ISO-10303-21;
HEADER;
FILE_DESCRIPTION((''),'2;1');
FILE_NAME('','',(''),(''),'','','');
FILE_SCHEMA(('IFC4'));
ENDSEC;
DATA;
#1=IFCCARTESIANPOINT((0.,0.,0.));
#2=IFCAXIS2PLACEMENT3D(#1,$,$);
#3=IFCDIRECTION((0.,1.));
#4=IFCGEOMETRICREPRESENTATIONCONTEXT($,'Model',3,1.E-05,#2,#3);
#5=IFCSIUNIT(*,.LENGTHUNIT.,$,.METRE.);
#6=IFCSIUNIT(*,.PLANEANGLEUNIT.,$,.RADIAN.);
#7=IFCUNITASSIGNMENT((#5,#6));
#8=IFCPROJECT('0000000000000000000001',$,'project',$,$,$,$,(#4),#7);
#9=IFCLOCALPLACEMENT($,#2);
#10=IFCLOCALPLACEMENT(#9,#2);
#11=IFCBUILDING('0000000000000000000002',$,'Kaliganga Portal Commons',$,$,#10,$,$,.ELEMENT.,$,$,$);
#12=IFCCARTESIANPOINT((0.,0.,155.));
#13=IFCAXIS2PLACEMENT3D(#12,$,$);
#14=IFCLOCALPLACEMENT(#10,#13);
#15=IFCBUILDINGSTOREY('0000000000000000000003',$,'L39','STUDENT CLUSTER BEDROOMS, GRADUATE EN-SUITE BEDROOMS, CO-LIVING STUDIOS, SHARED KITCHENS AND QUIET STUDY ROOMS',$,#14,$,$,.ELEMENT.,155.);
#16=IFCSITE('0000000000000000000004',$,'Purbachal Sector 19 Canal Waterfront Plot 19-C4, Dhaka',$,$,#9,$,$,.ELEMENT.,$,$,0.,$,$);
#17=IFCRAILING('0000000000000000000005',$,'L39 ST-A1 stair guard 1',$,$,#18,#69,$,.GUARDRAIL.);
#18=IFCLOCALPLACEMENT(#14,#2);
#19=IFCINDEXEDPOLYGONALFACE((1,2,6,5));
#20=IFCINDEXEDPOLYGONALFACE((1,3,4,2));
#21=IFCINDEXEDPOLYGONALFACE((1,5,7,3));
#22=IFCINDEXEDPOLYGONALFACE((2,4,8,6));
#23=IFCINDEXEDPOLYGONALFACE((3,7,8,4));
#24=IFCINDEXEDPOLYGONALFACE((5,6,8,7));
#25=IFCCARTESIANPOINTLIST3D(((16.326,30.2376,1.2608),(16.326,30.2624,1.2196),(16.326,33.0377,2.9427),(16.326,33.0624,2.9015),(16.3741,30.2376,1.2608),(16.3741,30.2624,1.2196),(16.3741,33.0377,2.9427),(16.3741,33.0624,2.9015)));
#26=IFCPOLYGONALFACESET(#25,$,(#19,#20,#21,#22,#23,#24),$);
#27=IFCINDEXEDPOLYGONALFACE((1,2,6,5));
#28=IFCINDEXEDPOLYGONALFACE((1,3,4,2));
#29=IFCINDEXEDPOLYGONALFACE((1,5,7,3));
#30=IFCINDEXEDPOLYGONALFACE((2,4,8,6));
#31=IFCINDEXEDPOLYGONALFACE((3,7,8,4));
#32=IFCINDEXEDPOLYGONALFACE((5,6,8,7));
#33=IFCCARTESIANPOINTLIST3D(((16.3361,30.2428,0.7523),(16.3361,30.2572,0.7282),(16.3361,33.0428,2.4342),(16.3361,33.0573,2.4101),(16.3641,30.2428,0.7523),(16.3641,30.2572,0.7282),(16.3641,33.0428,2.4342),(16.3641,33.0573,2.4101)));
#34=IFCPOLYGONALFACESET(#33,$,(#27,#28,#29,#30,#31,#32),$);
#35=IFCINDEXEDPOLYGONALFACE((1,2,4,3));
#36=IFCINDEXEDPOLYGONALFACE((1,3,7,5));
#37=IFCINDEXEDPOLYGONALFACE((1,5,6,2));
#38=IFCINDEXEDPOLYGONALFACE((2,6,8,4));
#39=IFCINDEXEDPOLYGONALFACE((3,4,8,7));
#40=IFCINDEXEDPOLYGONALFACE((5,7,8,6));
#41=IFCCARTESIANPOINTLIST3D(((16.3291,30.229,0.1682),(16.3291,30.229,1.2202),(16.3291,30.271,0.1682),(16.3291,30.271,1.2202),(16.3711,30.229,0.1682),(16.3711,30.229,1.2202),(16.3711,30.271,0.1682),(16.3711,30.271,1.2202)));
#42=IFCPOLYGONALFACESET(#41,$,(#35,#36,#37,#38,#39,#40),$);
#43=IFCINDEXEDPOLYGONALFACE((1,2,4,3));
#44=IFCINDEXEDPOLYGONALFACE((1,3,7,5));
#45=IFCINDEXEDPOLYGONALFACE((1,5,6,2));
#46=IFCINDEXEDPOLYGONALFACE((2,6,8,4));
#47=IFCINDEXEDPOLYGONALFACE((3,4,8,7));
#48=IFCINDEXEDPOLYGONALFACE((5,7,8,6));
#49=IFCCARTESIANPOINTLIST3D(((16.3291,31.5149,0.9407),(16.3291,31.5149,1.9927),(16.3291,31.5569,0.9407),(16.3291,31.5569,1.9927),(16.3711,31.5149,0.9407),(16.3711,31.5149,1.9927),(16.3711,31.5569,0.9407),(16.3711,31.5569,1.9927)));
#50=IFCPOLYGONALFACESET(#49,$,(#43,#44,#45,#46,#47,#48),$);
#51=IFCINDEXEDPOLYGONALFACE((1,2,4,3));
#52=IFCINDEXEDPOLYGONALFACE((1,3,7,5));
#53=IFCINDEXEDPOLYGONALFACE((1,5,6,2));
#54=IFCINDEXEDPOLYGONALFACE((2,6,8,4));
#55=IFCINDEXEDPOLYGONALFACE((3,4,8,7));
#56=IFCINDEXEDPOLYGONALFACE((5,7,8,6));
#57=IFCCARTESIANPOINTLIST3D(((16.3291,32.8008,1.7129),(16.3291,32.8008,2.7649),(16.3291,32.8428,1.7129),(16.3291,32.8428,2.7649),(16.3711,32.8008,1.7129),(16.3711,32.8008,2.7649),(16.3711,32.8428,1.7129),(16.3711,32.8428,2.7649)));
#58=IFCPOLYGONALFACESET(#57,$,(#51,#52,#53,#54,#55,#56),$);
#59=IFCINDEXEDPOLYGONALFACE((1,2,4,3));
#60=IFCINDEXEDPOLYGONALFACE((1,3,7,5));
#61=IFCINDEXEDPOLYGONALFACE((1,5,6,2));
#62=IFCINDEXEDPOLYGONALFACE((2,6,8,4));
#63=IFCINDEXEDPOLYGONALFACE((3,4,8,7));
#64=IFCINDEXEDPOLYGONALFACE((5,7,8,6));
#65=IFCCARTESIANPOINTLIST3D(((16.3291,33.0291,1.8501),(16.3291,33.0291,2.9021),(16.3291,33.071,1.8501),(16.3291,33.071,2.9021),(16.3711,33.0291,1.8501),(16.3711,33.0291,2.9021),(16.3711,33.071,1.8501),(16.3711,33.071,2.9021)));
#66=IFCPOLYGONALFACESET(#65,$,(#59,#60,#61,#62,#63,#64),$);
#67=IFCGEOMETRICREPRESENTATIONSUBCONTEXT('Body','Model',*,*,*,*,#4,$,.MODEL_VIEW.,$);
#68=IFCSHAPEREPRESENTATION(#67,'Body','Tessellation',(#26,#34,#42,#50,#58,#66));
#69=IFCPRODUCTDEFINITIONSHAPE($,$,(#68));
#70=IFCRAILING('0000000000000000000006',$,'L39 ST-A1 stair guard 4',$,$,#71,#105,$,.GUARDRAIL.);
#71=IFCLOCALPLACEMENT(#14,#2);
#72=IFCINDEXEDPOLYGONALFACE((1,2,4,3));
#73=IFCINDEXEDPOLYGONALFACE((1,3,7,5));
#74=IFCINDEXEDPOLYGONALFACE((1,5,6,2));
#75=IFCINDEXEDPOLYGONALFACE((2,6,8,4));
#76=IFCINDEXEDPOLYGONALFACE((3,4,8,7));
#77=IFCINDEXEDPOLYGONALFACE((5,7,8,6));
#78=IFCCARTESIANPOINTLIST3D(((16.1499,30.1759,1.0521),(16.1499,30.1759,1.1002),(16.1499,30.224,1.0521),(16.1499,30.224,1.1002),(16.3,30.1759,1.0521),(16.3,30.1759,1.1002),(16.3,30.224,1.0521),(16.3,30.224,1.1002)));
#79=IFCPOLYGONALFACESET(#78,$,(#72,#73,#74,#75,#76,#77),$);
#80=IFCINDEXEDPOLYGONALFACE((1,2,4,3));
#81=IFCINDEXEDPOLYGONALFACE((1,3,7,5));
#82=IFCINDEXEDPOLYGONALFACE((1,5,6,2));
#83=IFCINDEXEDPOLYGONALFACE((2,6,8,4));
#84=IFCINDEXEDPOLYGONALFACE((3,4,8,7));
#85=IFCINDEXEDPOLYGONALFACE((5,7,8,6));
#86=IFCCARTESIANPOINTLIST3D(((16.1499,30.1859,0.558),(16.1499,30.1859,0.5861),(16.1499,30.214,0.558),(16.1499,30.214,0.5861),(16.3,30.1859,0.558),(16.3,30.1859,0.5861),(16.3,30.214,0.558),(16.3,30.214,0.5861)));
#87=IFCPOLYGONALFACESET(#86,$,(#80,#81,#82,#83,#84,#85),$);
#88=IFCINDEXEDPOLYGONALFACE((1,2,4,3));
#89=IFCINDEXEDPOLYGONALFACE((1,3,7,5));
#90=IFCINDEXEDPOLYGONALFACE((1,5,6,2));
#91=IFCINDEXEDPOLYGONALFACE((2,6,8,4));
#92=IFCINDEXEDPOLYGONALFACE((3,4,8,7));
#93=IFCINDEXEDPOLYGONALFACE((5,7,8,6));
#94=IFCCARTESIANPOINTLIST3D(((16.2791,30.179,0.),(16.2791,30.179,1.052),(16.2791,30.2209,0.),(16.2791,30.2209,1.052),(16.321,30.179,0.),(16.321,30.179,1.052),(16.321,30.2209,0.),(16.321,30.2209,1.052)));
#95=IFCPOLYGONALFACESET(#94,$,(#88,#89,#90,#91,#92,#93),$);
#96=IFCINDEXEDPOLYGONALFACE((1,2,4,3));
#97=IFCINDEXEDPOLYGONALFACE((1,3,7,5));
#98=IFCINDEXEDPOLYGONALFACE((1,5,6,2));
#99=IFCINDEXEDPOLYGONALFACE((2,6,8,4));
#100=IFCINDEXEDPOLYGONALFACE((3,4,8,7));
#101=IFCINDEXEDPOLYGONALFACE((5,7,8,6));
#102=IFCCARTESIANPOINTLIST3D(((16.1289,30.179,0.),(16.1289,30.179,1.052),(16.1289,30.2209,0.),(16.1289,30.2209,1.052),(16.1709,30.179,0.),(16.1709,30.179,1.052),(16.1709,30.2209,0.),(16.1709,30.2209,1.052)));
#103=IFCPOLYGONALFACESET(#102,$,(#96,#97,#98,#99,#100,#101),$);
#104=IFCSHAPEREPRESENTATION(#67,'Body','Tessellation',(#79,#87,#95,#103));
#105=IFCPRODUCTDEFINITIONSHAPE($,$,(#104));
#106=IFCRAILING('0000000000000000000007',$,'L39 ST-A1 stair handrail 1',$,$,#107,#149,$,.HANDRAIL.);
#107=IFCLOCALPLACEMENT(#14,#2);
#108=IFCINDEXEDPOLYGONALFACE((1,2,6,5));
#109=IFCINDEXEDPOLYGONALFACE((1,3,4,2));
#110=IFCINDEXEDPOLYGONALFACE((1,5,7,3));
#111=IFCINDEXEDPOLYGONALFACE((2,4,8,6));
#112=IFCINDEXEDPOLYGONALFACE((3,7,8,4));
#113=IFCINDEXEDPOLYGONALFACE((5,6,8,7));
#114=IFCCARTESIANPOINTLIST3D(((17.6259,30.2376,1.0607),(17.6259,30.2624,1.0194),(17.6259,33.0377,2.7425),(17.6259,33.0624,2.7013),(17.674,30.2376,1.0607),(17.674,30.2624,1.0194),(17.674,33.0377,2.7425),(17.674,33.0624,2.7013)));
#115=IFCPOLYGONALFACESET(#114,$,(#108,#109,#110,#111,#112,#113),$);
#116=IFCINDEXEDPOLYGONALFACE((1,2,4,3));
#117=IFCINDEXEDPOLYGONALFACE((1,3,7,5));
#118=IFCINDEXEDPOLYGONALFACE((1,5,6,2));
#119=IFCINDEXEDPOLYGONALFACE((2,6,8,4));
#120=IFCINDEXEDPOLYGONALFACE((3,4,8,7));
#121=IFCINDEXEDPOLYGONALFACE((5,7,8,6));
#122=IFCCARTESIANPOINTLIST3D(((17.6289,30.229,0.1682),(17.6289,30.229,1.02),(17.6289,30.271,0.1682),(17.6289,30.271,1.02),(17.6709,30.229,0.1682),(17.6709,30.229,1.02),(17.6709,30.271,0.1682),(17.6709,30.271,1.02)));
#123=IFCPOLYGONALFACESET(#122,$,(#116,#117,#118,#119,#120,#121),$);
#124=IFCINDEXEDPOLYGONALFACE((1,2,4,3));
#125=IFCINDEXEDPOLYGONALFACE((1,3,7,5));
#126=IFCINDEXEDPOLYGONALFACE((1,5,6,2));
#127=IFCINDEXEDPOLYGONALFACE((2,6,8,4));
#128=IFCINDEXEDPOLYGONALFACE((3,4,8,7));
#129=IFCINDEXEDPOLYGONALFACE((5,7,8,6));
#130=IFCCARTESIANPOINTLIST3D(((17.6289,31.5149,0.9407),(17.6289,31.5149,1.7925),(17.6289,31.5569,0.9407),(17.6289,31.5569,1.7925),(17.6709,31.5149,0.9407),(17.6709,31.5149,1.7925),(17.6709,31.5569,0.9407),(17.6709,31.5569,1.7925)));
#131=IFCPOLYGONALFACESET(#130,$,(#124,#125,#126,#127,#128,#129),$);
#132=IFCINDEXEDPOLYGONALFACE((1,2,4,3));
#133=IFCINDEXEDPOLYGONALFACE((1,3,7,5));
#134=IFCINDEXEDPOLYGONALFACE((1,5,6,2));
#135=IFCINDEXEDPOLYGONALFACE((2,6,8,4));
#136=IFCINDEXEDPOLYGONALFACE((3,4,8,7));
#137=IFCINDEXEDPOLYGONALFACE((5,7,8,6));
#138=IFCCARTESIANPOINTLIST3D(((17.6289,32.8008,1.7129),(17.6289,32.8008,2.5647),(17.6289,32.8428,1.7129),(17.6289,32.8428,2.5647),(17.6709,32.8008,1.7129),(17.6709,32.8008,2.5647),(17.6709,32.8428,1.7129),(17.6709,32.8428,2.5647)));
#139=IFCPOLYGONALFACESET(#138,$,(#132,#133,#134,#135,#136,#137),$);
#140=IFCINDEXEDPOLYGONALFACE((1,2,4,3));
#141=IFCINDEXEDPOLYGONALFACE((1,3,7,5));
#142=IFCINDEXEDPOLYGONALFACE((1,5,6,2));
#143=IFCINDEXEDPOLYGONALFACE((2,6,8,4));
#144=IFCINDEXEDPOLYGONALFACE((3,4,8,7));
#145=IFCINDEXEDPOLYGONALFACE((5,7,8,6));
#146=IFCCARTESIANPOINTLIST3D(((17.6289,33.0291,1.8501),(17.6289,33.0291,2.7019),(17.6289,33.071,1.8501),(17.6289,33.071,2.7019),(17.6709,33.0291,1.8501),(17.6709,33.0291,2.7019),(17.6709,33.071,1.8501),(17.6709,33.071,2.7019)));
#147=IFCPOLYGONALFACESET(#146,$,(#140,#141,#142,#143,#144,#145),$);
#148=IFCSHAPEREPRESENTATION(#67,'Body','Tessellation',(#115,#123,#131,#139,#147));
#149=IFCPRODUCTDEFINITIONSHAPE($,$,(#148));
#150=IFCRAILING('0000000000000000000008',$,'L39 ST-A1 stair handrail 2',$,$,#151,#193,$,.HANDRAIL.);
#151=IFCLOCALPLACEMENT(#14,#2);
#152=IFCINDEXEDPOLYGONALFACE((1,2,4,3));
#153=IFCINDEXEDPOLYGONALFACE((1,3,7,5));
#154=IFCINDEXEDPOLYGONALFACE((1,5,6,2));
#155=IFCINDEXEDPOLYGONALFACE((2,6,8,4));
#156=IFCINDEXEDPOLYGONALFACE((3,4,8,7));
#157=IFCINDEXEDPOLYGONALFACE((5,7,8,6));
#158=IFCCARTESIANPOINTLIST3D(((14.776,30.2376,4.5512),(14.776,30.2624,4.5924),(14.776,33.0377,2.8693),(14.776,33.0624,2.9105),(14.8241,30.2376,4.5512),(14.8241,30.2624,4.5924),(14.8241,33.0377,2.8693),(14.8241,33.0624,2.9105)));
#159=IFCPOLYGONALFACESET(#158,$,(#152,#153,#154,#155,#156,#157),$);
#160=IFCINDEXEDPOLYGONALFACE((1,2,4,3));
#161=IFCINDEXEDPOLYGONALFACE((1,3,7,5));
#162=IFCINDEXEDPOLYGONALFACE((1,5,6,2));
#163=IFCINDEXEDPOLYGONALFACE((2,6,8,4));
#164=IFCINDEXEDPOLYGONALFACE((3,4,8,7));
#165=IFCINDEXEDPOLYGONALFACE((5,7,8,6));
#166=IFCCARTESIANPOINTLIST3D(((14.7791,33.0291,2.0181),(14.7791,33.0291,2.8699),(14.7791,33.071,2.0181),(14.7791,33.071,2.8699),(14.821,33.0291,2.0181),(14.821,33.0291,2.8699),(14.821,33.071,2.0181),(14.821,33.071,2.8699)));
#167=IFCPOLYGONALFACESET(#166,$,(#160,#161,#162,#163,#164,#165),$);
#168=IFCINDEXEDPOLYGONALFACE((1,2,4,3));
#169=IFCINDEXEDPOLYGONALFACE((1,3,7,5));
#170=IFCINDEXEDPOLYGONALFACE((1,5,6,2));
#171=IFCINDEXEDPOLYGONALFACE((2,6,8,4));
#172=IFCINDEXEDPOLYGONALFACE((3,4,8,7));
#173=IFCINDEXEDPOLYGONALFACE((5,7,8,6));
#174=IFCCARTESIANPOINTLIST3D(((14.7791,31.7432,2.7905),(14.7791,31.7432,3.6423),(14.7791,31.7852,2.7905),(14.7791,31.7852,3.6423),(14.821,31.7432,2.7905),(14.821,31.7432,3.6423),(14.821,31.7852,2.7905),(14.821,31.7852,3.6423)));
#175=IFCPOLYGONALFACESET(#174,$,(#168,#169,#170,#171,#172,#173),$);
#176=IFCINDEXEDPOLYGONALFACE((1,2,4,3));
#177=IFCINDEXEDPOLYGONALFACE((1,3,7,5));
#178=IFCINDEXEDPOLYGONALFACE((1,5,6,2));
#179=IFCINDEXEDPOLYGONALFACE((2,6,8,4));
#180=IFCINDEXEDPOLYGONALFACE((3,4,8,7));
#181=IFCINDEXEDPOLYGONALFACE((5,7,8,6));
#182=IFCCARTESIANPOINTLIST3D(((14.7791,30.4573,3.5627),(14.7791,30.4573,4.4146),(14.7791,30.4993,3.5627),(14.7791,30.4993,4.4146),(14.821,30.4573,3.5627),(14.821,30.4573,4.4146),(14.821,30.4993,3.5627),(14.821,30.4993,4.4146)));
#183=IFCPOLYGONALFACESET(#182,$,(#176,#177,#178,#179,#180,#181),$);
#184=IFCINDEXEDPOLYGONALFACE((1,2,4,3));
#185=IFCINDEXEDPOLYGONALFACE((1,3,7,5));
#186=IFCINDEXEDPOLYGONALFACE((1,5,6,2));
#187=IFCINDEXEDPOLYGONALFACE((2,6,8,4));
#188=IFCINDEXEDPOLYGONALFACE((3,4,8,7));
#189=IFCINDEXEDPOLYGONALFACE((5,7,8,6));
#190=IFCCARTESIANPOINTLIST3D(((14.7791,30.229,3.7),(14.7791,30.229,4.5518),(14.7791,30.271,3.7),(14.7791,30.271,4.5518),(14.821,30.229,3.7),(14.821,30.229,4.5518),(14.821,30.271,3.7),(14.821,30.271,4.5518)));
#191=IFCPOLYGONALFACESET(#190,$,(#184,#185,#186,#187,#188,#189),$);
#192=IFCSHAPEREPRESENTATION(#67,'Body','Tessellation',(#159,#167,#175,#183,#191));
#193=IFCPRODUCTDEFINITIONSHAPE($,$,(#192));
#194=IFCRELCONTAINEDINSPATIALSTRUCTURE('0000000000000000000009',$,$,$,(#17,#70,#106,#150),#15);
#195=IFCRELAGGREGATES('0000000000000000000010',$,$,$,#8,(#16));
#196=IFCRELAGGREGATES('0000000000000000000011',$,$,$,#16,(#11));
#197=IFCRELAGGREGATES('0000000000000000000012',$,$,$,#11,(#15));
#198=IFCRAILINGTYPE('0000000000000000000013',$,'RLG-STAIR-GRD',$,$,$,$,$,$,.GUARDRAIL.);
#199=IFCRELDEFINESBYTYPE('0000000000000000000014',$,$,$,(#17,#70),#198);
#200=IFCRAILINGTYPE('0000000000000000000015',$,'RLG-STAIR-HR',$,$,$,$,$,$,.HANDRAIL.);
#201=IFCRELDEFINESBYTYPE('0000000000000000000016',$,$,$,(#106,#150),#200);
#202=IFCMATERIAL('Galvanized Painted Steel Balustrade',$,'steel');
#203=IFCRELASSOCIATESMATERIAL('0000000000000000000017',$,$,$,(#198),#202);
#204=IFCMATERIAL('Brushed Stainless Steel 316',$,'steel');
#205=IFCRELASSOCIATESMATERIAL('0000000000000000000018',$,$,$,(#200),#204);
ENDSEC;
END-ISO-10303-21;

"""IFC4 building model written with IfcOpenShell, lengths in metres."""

from ifc_helpers import new_model, si_unit, direction, frame, origin, origin_2d, place, context, subcontext, project, spatial, rectangle, extrude, material, type_object, element, save


model = new_model("IFC4")

# Units and contexts
model_context = context("Model", 3, precision=1e-05, world=origin(), true_north=direction((0.0, 1.0)))
body_context = subcontext(model_context, "Body", "Model", "MODEL_VIEW")
ifc_project = project(units=[si_unit("LENGTHUNIT", "METRE"), si_unit("PLANEANGLEUNIT", "RADIAN")], contexts=[model_context])

# Site, building, storey
site_placement = place(None, origin())
site = spatial("IfcSite", under=ifc_project, at=site_placement, Name="Purbachal Sector 19 Canal Waterfront Plot 19-C4, Dhaka", CompositionType="ELEMENT", RefElevation=0.0)
building_placement = place(site_placement, origin())
building = spatial("IfcBuilding", under=site, at=building_placement, Name="Kaliganga Portal Commons", CompositionType="ELEMENT")
storey_placement = place(building_placement, frame((0.0, 0.0, 155.0)))
storey = spatial("IfcBuildingStorey", under=building, at=storey_placement, Name="L39", Description="STUDENT CLUSTER BEDROOMS, GRADUATE EN-SUITE BEDROOMS, CO-LIVING STUDIOS, SHARED KITCHENS AND QUIET STUDY ROOMS", CompositionType="ELEMENT", Elevation=155.0)

# Railings
ifc_material_1 = material(Name="Galvanized Painted Steel Balustrade", Category="steel")
railing_type_1 = type_object("IfcRailingType", Name="RLG-STAIR-GRD", PredefinedType="GUARDRAIL", material=ifc_material_1)
railing_1_placement = place(storey_placement, frame((16.3501, 30.25, 0.1682)))
element("IfcRailing", 1, at=railing_1_placement, inside=storey, type_object=railing_type_1, Name="L39 ST-A1 stair guard 1", PredefinedType="GUARDRAIL", context=body_context, shape_type="SweptSolid", body=[
    extrude(rectangle(XDim=0.0481, YDim=0.0481, at=origin_2d()), frame((0.0, 0.0, 1.072), z_axis=(0.0, 0.857242, 0.514913), x_axis=(-1.0, 0.0, 0.0)), (0.0, 0.0, 1.0), 3.2664),
    extrude(rectangle(XDim=0.0281, YDim=0.0281, at=origin_2d()), frame((0.0, 0.0, 0.572), z_axis=(0.0, 0.857242, 0.514913), x_axis=(-1.0, 0.0, 0.0)), (0.0, 0.0, 1.0), 3.2664),
    extrude(rectangle(XDim=0.042, YDim=0.042, at=origin_2d()), origin(), (0.0, 0.0, 1.0), 1.052),
    extrude(rectangle(XDim=0.042, YDim=0.042, at=origin_2d()), frame((0.0, 1.2859, 0.7725)), (0.0, 0.0, 1.0), 1.052),
    extrude(rectangle(XDim=0.042, YDim=0.042, at=origin_2d()), frame((0.0, 2.5718, 1.5447)), (0.0, 0.0, 1.0), 1.052),
    extrude(rectangle(XDim=0.042, YDim=0.042, at=origin_2d()), frame((0.0, 2.8, 1.6819)), (0.0, 0.0, 1.0), 1.052),
])
railing_2_placement = place(storey_placement, frame((16.3, 30.2, 0.0)))
element("IfcRailing", 2, at=railing_2_placement, inside=storey, type_object=railing_type_1, Name="L39 ST-A1 stair guard 4", PredefinedType="GUARDRAIL", context=body_context, shape_type="SweptSolid", body=[
    extrude(rectangle(XDim=0.0481, YDim=0.0481, at=origin_2d()), frame((0.0, 0.0, 1.0762), z_axis=(-1.0, 0.0, 0.0), x_axis=(0.0, -1.0, 0.0)), (0.0, 0.0, 1.0), 0.1501),
    extrude(rectangle(XDim=0.0281, YDim=0.0281, at=origin_2d()), frame((0.0, 0.0, 0.572), z_axis=(-1.0, 0.0, 0.0), x_axis=(0.0, -1.0, 0.0)), (0.0, 0.0, 1.0), 0.1501),
    extrude(rectangle(XDim=0.042, YDim=0.042, at=origin_2d()), origin(), (0.0, 0.0, 1.0), 1.052),
    extrude(rectangle(XDim=0.042, YDim=0.042, at=origin_2d()), frame((-0.1501, 0.0, 0.0)), (0.0, 0.0, 1.0), 1.052),
])
ifc_material_2 = material(Name="Brushed Stainless Steel 316", Category="steel")
railing_type_2 = type_object("IfcRailingType", Name="RLG-STAIR-HR", PredefinedType="HANDRAIL", material=ifc_material_2)
railing_3_placement = place(storey_placement, frame((17.6499, 30.25, 0.1682)))
element("IfcRailing", 3, at=railing_3_placement, inside=storey, type_object=railing_type_2, Name="L39 ST-A1 stair handrail 1", PredefinedType="HANDRAIL", context=body_context, shape_type="SweptSolid", body=[
    extrude(rectangle(XDim=0.0481, YDim=0.0481, at=origin_2d()), frame((0.0, 0.0, 0.8718), z_axis=(0.0, 0.857242, 0.514913), x_axis=(-1.0, 0.0, 0.0)), (0.0, 0.0, 1.0), 3.2664),
    extrude(rectangle(XDim=0.042, YDim=0.042, at=origin_2d()), origin(), (0.0, 0.0, 1.0), 0.8518),
    extrude(rectangle(XDim=0.042, YDim=0.042, at=origin_2d()), frame((0.0, 1.2859, 0.7725)), (0.0, 0.0, 1.0), 0.8518),
    extrude(rectangle(XDim=0.042, YDim=0.042, at=origin_2d()), frame((0.0, 2.5718, 1.5447)), (0.0, 0.0, 1.0), 0.8518),
    extrude(rectangle(XDim=0.042, YDim=0.042, at=origin_2d()), frame((0.0, 2.8, 1.6819)), (0.0, 0.0, 1.0), 0.8518),
])
railing_4_placement = place(storey_placement, frame((14.8, 33.05, 2.0181)))
element("IfcRailing", 4, at=railing_4_placement, inside=storey, type_object=railing_type_2, Name="L39 ST-A1 stair handrail 2", PredefinedType="HANDRAIL", context=body_context, shape_type="SweptSolid", body=[
    extrude(rectangle(XDim=0.0481, YDim=0.0481, at=origin_2d()), frame((0.0, 0.0, 0.8718), z_axis=(0.0, -0.857242, 0.514913), x_axis=(1.0, 0.0, 0.0)), (0.0, 0.0, 1.0), 3.2664),
    extrude(rectangle(XDim=0.042, YDim=0.042, at=origin_2d()), origin(), (0.0, 0.0, 1.0), 0.8518),
    extrude(rectangle(XDim=0.042, YDim=0.042, at=origin_2d()), frame((0.0, -1.2859, 0.7725)), (0.0, 0.0, 1.0), 0.8518),
    extrude(rectangle(XDim=0.042, YDim=0.042, at=origin_2d()), frame((0.0, -2.5718, 1.5447)), (0.0, 0.0, 1.0), 0.8518),
    extrude(rectangle(XDim=0.042, YDim=0.042, at=origin_2d()), frame((0.0, -2.8, 1.6819)), (0.0, 0.0, 1.0), 0.8518),
])

save(model, "model.ifc")
